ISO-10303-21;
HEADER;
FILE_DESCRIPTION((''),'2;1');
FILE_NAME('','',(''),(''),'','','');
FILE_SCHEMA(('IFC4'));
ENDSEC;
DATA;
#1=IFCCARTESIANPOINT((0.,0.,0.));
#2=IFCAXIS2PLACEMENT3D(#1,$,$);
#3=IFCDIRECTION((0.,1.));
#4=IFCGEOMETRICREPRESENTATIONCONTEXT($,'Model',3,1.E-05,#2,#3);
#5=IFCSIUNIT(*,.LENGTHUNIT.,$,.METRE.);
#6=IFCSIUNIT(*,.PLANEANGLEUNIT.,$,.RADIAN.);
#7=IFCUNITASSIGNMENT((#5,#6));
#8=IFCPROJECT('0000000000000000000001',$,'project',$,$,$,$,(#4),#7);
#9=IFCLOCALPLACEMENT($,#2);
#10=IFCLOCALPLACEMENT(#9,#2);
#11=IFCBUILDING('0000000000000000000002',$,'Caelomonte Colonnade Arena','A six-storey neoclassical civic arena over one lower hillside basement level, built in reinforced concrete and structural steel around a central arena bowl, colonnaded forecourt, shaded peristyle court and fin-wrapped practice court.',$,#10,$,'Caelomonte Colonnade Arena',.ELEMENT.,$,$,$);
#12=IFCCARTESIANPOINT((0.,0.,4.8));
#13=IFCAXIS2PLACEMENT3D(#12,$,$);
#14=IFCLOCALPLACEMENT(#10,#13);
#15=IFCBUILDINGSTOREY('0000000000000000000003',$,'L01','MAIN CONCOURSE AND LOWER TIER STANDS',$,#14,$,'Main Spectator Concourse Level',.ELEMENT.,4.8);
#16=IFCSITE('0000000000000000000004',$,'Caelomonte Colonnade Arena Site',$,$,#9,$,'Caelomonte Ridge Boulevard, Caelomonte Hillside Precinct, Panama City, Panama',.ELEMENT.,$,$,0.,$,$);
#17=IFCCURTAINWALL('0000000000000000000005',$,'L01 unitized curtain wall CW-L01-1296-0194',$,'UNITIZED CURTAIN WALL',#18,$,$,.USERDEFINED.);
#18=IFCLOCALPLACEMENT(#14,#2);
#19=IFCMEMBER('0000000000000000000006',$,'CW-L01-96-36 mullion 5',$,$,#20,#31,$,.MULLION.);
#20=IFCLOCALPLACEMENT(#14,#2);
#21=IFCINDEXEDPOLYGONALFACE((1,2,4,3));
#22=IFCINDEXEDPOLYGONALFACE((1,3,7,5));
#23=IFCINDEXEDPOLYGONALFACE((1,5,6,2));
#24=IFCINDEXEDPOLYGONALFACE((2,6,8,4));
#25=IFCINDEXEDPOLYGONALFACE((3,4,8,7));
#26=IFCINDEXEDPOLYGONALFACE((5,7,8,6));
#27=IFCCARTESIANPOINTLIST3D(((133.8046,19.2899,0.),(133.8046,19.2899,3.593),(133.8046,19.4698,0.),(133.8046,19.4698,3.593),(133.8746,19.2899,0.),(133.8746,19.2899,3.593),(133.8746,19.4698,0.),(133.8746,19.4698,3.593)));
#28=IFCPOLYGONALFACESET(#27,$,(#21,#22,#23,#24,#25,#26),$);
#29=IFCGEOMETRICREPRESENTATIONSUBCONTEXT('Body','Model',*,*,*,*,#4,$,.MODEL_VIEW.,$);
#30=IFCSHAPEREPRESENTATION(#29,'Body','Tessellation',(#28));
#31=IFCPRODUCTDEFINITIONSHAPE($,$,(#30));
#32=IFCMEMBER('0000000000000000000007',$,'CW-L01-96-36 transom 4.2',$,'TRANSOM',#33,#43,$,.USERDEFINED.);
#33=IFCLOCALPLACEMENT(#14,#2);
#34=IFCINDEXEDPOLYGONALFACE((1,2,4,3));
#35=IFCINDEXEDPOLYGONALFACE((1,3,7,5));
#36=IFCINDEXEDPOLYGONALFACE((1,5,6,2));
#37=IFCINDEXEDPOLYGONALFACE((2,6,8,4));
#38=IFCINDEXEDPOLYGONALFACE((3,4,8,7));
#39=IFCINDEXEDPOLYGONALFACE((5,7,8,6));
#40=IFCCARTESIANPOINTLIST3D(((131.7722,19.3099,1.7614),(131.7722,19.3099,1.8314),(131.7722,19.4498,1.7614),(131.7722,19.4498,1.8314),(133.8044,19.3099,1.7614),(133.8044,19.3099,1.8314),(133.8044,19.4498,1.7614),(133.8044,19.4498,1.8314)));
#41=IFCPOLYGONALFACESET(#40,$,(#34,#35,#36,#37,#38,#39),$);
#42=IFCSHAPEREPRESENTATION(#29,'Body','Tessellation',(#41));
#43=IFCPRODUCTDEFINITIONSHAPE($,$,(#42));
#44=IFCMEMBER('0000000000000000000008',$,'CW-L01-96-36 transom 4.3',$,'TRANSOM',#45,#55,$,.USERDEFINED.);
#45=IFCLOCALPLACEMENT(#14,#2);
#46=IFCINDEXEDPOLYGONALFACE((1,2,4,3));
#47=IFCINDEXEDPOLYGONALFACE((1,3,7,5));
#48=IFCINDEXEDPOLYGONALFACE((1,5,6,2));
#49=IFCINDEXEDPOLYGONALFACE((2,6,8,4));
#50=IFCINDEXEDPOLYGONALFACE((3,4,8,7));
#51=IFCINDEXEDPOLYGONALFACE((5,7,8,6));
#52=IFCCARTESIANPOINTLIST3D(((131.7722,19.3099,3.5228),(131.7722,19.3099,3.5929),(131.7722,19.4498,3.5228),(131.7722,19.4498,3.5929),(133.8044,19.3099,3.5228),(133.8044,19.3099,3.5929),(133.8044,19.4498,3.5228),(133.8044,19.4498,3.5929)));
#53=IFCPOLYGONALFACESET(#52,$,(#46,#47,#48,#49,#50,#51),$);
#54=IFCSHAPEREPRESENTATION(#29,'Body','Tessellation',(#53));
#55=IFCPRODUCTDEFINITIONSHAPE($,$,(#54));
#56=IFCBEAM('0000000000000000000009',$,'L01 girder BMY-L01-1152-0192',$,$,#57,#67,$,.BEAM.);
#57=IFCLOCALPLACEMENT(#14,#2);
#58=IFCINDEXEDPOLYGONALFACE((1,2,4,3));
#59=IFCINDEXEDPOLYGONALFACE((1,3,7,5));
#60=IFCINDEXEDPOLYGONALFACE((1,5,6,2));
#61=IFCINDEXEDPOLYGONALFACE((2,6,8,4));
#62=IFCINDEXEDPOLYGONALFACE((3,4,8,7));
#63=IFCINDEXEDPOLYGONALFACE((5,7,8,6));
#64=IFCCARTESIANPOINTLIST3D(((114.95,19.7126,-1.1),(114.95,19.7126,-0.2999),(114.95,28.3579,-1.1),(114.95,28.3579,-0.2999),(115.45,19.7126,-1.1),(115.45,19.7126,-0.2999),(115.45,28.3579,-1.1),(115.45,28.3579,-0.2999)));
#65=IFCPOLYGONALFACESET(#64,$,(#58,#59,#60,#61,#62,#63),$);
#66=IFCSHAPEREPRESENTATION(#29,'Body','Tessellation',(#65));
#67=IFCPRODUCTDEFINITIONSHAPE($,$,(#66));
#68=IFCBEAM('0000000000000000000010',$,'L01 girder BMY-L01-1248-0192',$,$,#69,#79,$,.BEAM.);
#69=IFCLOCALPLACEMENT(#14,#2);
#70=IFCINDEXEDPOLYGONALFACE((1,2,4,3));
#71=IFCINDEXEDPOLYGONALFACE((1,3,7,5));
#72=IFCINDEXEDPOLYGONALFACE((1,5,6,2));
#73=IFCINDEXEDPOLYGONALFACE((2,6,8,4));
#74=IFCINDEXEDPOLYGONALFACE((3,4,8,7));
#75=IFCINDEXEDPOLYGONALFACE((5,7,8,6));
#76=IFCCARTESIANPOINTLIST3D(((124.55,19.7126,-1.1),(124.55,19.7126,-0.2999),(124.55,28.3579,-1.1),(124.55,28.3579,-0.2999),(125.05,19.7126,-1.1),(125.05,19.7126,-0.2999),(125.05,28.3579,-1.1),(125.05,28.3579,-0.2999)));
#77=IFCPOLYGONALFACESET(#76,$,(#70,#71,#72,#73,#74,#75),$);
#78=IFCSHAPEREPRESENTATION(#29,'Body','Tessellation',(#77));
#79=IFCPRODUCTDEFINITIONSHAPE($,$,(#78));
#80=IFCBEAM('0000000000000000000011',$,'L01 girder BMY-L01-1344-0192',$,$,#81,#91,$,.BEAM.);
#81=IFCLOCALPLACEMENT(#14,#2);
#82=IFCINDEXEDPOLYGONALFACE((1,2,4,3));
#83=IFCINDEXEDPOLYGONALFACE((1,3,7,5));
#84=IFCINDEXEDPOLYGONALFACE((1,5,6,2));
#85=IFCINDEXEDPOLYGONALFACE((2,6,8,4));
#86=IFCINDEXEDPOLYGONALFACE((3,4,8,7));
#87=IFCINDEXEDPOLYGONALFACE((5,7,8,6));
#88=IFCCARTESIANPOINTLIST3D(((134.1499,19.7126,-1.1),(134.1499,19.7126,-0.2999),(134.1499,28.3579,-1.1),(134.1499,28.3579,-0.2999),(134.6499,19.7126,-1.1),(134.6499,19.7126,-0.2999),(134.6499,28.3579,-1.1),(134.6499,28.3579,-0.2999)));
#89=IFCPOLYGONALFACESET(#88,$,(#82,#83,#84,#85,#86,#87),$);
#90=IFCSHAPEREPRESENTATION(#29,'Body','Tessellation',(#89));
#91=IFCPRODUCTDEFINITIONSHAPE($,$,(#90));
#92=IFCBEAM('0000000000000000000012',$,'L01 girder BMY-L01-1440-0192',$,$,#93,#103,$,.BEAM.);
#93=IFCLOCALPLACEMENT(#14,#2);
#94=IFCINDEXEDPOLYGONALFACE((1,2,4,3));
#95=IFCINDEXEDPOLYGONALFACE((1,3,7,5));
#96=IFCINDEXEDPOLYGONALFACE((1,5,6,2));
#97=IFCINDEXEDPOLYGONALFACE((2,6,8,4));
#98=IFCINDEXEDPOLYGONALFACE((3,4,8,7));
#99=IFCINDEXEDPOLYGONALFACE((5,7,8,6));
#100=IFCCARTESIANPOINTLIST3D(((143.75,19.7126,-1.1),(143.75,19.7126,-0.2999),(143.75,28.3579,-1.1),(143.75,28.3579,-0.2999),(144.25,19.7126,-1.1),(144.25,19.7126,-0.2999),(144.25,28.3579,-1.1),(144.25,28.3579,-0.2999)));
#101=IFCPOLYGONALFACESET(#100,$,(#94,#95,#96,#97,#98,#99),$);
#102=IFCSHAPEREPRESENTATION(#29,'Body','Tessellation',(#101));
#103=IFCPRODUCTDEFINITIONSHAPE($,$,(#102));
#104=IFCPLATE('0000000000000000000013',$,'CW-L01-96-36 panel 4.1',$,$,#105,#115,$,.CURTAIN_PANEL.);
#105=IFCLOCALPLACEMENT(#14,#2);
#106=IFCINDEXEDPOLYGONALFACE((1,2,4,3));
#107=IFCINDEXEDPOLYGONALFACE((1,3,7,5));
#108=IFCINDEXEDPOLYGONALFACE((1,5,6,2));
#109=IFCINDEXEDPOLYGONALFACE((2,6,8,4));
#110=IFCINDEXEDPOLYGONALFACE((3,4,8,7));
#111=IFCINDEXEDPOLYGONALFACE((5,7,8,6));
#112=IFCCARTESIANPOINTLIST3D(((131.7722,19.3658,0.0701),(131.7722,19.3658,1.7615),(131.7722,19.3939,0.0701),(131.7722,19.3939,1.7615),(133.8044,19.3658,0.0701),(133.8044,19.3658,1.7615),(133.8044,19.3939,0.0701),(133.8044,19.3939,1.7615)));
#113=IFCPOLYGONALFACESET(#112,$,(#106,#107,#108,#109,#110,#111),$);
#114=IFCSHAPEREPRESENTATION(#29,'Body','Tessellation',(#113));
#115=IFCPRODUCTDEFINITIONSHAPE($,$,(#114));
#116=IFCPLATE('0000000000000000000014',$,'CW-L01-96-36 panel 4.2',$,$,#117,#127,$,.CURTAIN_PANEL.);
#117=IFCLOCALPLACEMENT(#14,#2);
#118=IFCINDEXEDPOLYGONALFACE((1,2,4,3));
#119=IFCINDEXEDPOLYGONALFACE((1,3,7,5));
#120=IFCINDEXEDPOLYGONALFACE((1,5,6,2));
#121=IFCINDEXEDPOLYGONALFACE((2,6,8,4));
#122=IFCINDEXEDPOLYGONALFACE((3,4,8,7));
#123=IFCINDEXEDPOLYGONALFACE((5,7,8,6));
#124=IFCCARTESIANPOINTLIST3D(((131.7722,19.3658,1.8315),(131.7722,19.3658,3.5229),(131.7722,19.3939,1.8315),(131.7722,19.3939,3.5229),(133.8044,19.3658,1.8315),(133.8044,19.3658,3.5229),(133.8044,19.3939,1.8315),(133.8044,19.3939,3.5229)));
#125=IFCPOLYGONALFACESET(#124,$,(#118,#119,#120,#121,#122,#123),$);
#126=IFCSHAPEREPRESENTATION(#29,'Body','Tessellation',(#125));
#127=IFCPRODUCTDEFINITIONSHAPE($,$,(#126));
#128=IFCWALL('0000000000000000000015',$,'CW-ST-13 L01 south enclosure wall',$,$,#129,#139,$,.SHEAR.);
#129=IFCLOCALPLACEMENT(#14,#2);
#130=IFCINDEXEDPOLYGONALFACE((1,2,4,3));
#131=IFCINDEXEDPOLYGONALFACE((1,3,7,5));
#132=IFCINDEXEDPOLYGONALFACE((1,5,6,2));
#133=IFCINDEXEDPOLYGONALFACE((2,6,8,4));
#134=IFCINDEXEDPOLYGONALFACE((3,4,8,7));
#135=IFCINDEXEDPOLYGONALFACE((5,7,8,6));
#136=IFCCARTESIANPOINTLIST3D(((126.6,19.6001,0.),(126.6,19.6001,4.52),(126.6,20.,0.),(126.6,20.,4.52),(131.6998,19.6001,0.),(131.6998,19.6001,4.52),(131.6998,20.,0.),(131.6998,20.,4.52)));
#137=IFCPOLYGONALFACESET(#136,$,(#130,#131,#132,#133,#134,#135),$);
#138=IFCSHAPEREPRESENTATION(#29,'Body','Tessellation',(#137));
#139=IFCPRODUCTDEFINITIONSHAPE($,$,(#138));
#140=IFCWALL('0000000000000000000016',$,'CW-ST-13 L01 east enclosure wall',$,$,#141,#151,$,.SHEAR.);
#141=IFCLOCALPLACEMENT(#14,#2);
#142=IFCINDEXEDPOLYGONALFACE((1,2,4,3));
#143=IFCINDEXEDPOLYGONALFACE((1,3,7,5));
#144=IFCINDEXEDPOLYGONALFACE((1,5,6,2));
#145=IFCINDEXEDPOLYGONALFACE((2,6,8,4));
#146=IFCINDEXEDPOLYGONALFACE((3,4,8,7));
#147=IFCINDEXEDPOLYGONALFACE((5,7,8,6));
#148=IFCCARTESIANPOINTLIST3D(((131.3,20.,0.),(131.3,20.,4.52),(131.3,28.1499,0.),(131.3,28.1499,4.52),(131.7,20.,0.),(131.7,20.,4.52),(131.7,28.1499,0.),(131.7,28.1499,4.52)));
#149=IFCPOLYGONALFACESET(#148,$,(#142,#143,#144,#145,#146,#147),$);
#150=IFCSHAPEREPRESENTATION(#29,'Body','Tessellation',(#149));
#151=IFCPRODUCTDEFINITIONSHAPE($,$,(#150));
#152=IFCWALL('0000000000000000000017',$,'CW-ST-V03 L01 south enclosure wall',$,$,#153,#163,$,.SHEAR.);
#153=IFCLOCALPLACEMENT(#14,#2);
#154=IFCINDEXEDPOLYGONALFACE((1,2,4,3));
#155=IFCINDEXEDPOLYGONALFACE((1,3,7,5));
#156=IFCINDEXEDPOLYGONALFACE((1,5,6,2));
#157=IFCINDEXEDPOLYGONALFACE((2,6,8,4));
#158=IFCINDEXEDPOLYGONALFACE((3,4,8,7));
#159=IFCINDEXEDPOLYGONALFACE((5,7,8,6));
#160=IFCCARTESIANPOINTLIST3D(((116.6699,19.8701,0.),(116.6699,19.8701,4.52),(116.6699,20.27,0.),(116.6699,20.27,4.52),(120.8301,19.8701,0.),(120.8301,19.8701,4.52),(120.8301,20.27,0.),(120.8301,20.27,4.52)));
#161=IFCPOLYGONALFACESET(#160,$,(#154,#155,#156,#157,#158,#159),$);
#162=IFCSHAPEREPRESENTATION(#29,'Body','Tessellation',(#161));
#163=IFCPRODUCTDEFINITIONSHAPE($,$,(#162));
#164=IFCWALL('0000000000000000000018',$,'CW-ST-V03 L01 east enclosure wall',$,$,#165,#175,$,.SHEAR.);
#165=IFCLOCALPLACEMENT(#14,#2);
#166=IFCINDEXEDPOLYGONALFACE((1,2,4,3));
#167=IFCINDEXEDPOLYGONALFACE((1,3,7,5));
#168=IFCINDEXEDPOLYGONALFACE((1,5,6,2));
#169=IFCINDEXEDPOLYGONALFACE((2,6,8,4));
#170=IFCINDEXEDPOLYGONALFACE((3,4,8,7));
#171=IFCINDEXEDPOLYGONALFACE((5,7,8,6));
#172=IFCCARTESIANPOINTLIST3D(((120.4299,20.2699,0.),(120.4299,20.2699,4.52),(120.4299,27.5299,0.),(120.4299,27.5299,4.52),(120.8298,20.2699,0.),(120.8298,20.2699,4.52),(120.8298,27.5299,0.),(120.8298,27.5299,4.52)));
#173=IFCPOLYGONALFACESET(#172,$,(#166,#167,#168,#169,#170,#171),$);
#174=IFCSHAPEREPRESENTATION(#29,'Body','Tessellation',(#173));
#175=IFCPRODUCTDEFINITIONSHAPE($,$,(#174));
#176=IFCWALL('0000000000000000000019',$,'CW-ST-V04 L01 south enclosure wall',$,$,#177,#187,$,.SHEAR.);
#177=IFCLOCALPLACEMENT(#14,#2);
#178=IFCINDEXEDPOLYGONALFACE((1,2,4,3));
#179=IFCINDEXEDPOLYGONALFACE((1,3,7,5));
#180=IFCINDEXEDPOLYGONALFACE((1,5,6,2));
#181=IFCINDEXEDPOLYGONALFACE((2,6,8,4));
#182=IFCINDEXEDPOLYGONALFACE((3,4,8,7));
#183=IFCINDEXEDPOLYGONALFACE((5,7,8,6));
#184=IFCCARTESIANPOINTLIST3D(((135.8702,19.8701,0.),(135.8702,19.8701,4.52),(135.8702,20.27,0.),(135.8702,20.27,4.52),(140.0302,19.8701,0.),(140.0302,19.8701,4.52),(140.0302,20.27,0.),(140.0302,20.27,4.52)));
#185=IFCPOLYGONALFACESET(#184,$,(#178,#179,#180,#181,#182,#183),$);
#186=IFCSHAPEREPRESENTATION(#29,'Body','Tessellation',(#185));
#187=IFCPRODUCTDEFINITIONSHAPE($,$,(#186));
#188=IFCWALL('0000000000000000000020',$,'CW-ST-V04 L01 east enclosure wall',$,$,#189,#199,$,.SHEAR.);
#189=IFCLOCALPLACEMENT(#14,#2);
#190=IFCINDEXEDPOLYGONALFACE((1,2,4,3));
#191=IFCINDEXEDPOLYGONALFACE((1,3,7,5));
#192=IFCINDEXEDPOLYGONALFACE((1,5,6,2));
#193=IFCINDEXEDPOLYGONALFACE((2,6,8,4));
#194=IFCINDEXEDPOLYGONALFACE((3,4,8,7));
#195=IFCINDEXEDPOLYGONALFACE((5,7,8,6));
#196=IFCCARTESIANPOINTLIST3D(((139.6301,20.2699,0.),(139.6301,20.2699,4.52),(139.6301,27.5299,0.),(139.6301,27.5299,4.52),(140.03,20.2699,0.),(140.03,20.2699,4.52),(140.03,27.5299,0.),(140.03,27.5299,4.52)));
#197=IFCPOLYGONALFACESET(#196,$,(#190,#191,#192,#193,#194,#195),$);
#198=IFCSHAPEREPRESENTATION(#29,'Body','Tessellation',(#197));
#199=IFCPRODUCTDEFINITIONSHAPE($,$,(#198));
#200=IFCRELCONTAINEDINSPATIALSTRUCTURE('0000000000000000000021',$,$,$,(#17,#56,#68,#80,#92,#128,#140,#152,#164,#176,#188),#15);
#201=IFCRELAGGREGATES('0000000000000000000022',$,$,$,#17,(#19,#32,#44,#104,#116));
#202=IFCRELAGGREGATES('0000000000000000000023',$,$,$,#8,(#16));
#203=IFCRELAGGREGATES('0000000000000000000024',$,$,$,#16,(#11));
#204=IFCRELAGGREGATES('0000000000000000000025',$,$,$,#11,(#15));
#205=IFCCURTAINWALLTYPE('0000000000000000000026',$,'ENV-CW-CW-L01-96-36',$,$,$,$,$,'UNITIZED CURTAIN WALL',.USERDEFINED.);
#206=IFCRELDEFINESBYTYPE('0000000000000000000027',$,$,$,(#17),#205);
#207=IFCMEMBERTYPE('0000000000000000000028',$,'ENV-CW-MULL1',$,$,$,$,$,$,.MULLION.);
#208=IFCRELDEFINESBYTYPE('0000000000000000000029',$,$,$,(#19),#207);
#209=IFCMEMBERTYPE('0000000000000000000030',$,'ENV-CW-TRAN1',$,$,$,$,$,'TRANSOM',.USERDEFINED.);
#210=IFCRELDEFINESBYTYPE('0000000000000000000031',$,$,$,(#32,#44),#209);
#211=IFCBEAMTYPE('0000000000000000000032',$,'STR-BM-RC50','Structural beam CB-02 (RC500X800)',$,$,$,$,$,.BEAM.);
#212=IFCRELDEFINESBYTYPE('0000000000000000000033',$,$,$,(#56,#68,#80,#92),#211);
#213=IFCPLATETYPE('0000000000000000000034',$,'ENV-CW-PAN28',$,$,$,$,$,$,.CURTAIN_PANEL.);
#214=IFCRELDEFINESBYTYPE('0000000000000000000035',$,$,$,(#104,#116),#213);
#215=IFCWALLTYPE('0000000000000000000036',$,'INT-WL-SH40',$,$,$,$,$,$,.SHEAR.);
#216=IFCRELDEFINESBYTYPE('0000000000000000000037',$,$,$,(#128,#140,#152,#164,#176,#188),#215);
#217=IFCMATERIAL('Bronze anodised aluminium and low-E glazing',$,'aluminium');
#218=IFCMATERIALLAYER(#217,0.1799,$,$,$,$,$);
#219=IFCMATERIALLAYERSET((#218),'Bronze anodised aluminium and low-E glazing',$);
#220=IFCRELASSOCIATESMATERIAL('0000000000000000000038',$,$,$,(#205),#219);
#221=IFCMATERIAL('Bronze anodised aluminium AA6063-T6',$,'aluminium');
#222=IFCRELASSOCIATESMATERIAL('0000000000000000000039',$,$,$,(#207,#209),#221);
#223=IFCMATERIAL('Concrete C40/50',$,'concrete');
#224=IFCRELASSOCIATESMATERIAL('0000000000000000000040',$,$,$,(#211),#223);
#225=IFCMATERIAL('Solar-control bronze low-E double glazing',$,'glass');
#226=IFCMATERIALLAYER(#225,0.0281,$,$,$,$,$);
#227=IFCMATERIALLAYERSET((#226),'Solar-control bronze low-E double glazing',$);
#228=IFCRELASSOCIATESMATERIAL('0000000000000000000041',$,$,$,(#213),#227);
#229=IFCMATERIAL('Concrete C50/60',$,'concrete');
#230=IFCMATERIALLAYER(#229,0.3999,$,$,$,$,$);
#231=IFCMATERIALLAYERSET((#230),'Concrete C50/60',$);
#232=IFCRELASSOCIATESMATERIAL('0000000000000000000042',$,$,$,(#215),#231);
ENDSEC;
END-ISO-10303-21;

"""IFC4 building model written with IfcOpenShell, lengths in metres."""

from ifc_helpers import new_model, si_unit, direction, frame, frame_2d, origin, origin_2d, place, context, subcontext, project, spatial, rectangle, extrude, material, layer, layer_set, material_profile, profile_set, type_object, element, aggregate, save


model = new_model("IFC4")

# Units and contexts
model_context = context("Model", 3, precision=1e-05, world=origin(), true_north=direction((0.0, 1.0)))
body_context = subcontext(model_context, "Body", "Model", "MODEL_VIEW")
ifc_project = project(units=[si_unit("LENGTHUNIT", "METRE"), si_unit("PLANEANGLEUNIT", "RADIAN")], contexts=[model_context])

# Site, building, storey
site_placement = place(None, origin())
site = spatial("IfcSite", under=ifc_project, at=site_placement, Name="Caelomonte Colonnade Arena Site", LongName="Caelomonte Ridge Boulevard, Caelomonte Hillside Precinct, Panama City, Panama", CompositionType="ELEMENT", RefElevation=0.0)
building_placement = place(site_placement, origin())
building = spatial("IfcBuilding", under=site, at=building_placement, Name="Caelomonte Colonnade Arena", Description="A six-storey neoclassical civic arena over one lower hillside basement level, built in reinforced concrete and structural steel around a central arena bowl, colonnaded forecourt, shaded peristyle court and fin-wrapped practice court.", LongName="Caelomonte Colonnade Arena", CompositionType="ELEMENT")
storey_placement = place(building_placement, frame((0.0, 0.0, 4.8)))
storey = spatial("IfcBuildingStorey", under=building, at=storey_placement, Name="L01", Description="MAIN CONCOURSE AND LOWER TIER STANDS", LongName="Main Spectator Concourse Level", CompositionType="ELEMENT", Elevation=4.8)

# Curtain wall, members
ifc_material_1 = material(Name="Bronze anodised aluminium and low-E glazing", Category="aluminium")
ifc_layer_1 = layer(ifc_material_1, 0.1799)
ifc_layer_set_1 = layer_set([ifc_layer_1], Name="Bronze anodised aluminium and low-E glazing")
curtain_wall_type = type_object("IfcCurtainWallType", Name="ENV-CW-CW-L01-96-36", ElementType="UNITIZED CURTAIN WALL", PredefinedType="USERDEFINED", material=ifc_layer_set_1)
curtain_wall_placement = place(storey_placement, origin())
curtain_wall = element("IfcCurtainWall", 1, at=curtain_wall_placement, inside=storey, type_object=curtain_wall_type, Name="L01 unitized curtain wall CW-L01-1296-0194", ObjectType="UNITIZED CURTAIN WALL", PredefinedType="USERDEFINED")
ifc_material_2 = material(Name="Bronze anodised aluminium AA6063-T6", Category="aluminium")
ifc_material_profile_1 = material_profile(ifc_material_2, rectangle(XDim=0.0701, YDim=0.1799, at=origin_2d()), Name="CWM-70X180")
ifc_profile_set_1 = profile_set([ifc_material_profile_1], Name="Bronze anodised aluminium AA6063-T6")
member_type_1 = type_object("IfcMemberType", Name="ENV-CW-MULL1", PredefinedType="MULLION", material=ifc_profile_set_1)
member_1_placement = place(storey_placement, frame((133.8396, 19.3799, 0.0), z_axis=(0.0, 0.0, 1.0), x_axis=(1.0, 0.0, 0.0)))
member_1 = element("IfcMember", 2, at=member_1_placement, type_object=member_type_1, Name="CW-L01-96-36 mullion 5", PredefinedType="MULLION", context=body_context, shape_type="SweptSolid", body=[
    extrude(rectangle(XDim=0.0701, YDim=0.1799, at=origin_2d()), origin(), (0.0, 0.0, 1.0), 3.593),
])
ifc_material_profile_2 = material_profile(ifc_material_2, rectangle(XDim=0.0701, YDim=0.1399, at=origin_2d()), Name="CWT-70X140")
ifc_profile_set_2 = profile_set([ifc_material_profile_2], Name="Bronze anodised aluminium AA6063-T6")
member_type_2 = type_object("IfcMemberType", Name="ENV-CW-TRAN1", ElementType="TRANSOM", PredefinedType="USERDEFINED", material=ifc_profile_set_2)
member_2_placement = place(storey_placement, frame((131.7722, 19.3799, 1.7964), z_axis=(1.0, 0.0, 0.0), x_axis=(0.0, 0.0, 1.0)))
member_2 = element("IfcMember", 3, at=member_2_placement, type_object=member_type_2, Name="CW-L01-96-36 transom 4.2", ObjectType="TRANSOM", PredefinedType="USERDEFINED", context=body_context, shape_type="SweptSolid", body=[
    extrude(rectangle(XDim=0.0701, YDim=0.1399, at=origin_2d()), origin(), (0.0, 0.0, 1.0), 2.0322),
])
member_3_placement = place(storey_placement, frame((131.7722, 19.3799, 3.5579), z_axis=(1.0, 0.0, 0.0), x_axis=(0.0, 0.0, 1.0)))
member_3 = element("IfcMember", 4, at=member_3_placement, type_object=member_type_2, Name="CW-L01-96-36 transom 4.3", ObjectType="TRANSOM", PredefinedType="USERDEFINED", context=body_context, shape_type="SweptSolid", body=[
    extrude(rectangle(XDim=0.0701, YDim=0.1399, at=origin_2d()), origin(), (0.0, 0.0, 1.0), 2.0322),
])

# Beams
ifc_material_3 = material(Name="Concrete C40/50", Category="concrete")
ifc_material_profile_3 = material_profile(ifc_material_3, rectangle(XDim=0.5, YDim=0.8, at=origin_2d()), Name="RC500X800")
ifc_profile_set_3 = profile_set([ifc_material_profile_3], Name="Concrete C40/50")
beam_type = type_object("IfcBeamType", Name="STR-BM-RC50", Description="Structural beam CB-02 (RC500X800)", PredefinedType="BEAM", material=ifc_profile_set_3)
for number, where, z_axis, x_axis, name in (
    (5, (115.2, 19.7126, -0.7), (0.0, 1.0, 0.0), (-1.0, 0.0, 0.0), "L01 girder BMY-L01-1152-0192"),
    (6, (124.8, 19.7126, -0.7), (0.0, 1.0, 0.0), (-1.0, 0.0, 0.0), "L01 girder BMY-L01-1248-0192"),
    (7, (134.3999, 19.7126, -0.7), (0.0, 1.0, 0.0), (-1.0, 0.0, 0.0), "L01 girder BMY-L01-1344-0192"),
    (8, (144.0, 19.7126, -0.7), (0.0, 1.0, 0.0), (-1.0, 0.0, 0.0), "L01 girder BMY-L01-1440-0192"),
):
    element("IfcBeam", number, at=place(storey_placement, frame(where, z_axis=z_axis, x_axis=x_axis)), inside=storey, type_object=beam_type, Name=name, PredefinedType="BEAM", context=body_context, shape_type="SweptSolid", body=[
        extrude(rectangle(XDim=0.5, YDim=0.8, at=origin_2d()), origin(), (0.0, 0.0, 1.0), 8.6453),
    ])

# Plates
ifc_material_4 = material(Name="Solar-control bronze low-E double glazing", Category="glass")
ifc_layer_2 = layer(ifc_material_4, 0.0281)
ifc_layer_set_2 = layer_set([ifc_layer_2], Name="Solar-control bronze low-E double glazing")
plate_type = type_object("IfcPlateType", Name="ENV-CW-PAN28", PredefinedType="CURTAIN_PANEL", material=ifc_layer_set_2)
plate_1_placement = place(storey_placement, frame((132.7883, 19.3799, 0.0701), z_axis=(0.0, 0.0, 1.0), x_axis=(1.0, 0.0, 0.0)))
plate_1 = element("IfcPlate", 9, at=plate_1_placement, type_object=plate_type, Name="CW-L01-96-36 panel 4.1", PredefinedType="CURTAIN_PANEL", context=body_context, shape_type="SweptSolid", body=[
    extrude(rectangle(XDim=2.0322, YDim=0.0281, at=origin_2d()), origin(), (0.0, 0.0, 1.0), 1.6914),
])
plate_2_placement = place(storey_placement, frame((132.7883, 19.3799, 1.8315), z_axis=(0.0, 0.0, 1.0), x_axis=(1.0, 0.0, 0.0)))
plate_2 = element("IfcPlate", 10, at=plate_2_placement, type_object=plate_type, Name="CW-L01-96-36 panel 4.2", PredefinedType="CURTAIN_PANEL", context=body_context, shape_type="SweptSolid", body=[
    extrude(rectangle(XDim=2.0322, YDim=0.0281, at=origin_2d()), origin(), (0.0, 0.0, 1.0), 1.6914),
])
aggregate(curtain_wall, [member_1, member_2, member_3, plate_1, plate_2])

# Walls
ifc_material_5 = material(Name="Concrete C50/60", Category="concrete")
ifc_layer_3 = layer(ifc_material_5, 0.3999)
ifc_layer_set_3 = layer_set([ifc_layer_3], Name="Concrete C50/60")
wall_type = type_object("IfcWallType", Name="INT-WL-SH40", PredefinedType="SHEAR", material=ifc_layer_set_3)
wall_1_placement = place(storey_placement, frame((126.6001, 19.8, 0.0), z_axis=(0.0, 0.0, 1.0), x_axis=(1.0, 0.0, 0.0)))
element("IfcWall", 11, at=wall_1_placement, inside=storey, type_object=wall_type, Name="CW-ST-13 L01 south enclosure wall", PredefinedType="SHEAR", context=body_context, shape_type="SweptSolid", body=[
    extrude(rectangle(XDim=5.0999, YDim=0.3999, at=frame_2d((2.5498, 0.0))), origin(), (0.0, 0.0, 1.0), 4.52),
])
wall_2_placement = place(storey_placement, frame((131.5, 20.0, 0.0), z_axis=(0.0, 0.0, 1.0), x_axis=(0.0, 1.0, 0.0)))
element("IfcWall", 12, at=wall_2_placement, inside=storey, type_object=wall_type, Name="CW-ST-13 L01 east enclosure wall", PredefinedType="SHEAR", context=body_context, shape_type="SweptSolid", body=[
    extrude(rectangle(XDim=8.1499, YDim=0.3999, at=frame_2d((4.075, 0.0))), origin(), (0.0, 0.0, 1.0), 4.52),
])
wall_3_placement = place(storey_placement, frame((116.6699, 20.0701, 0.0), z_axis=(0.0, 0.0, 1.0), x_axis=(1.0, 0.0, 0.0)))
element("IfcWall", 13, at=wall_3_placement, inside=storey, type_object=wall_type, Name="CW-ST-V03 L01 south enclosure wall", PredefinedType="SHEAR", context=body_context, shape_type="SweptSolid", body=[
    extrude(rectangle(XDim=4.1602, YDim=0.3999, at=frame_2d((2.0801, 0.0))), origin(), (0.0, 0.0, 1.0), 4.52),
])
wall_4_placement = place(storey_placement, frame((120.6299, 20.27, 0.0), z_axis=(0.0, 0.0, 1.0), x_axis=(0.0, 1.0, 0.0)))
element("IfcWall", 14, at=wall_4_placement, inside=storey, type_object=wall_type, Name="CW-ST-V03 L01 east enclosure wall", PredefinedType="SHEAR", context=body_context, shape_type="SweptSolid", body=[
    extrude(rectangle(XDim=7.26, YDim=0.3999, at=frame_2d((3.6299, 0.0))), origin(), (0.0, 0.0, 1.0), 4.52),
])
wall_5_placement = place(storey_placement, frame((135.8701, 20.0701, 0.0), z_axis=(0.0, 0.0, 1.0), x_axis=(1.0, 0.0, 0.0)))
element("IfcWall", 15, at=wall_5_placement, inside=storey, type_object=wall_type, Name="CW-ST-V04 L01 south enclosure wall", PredefinedType="SHEAR", context=body_context, shape_type="SweptSolid", body=[
    extrude(rectangle(XDim=4.1599, YDim=0.3999, at=frame_2d((2.0801, 0.0))), origin(), (0.0, 0.0, 1.0), 4.52),
])
wall_6_placement = place(storey_placement, frame((139.8301, 20.27, 0.0), z_axis=(0.0, 0.0, 1.0), x_axis=(0.0, 1.0, 0.0)))
element("IfcWall", 16, at=wall_6_placement, inside=storey, type_object=wall_type, Name="CW-ST-V04 L01 east enclosure wall", PredefinedType="SHEAR", context=body_context, shape_type="SweptSolid", body=[
    extrude(rectangle(XDim=7.26, YDim=0.3999, at=frame_2d((3.6299, 0.0))), origin(), (0.0, 0.0, 1.0), 4.52),
])

save(model, "model.ifc")
